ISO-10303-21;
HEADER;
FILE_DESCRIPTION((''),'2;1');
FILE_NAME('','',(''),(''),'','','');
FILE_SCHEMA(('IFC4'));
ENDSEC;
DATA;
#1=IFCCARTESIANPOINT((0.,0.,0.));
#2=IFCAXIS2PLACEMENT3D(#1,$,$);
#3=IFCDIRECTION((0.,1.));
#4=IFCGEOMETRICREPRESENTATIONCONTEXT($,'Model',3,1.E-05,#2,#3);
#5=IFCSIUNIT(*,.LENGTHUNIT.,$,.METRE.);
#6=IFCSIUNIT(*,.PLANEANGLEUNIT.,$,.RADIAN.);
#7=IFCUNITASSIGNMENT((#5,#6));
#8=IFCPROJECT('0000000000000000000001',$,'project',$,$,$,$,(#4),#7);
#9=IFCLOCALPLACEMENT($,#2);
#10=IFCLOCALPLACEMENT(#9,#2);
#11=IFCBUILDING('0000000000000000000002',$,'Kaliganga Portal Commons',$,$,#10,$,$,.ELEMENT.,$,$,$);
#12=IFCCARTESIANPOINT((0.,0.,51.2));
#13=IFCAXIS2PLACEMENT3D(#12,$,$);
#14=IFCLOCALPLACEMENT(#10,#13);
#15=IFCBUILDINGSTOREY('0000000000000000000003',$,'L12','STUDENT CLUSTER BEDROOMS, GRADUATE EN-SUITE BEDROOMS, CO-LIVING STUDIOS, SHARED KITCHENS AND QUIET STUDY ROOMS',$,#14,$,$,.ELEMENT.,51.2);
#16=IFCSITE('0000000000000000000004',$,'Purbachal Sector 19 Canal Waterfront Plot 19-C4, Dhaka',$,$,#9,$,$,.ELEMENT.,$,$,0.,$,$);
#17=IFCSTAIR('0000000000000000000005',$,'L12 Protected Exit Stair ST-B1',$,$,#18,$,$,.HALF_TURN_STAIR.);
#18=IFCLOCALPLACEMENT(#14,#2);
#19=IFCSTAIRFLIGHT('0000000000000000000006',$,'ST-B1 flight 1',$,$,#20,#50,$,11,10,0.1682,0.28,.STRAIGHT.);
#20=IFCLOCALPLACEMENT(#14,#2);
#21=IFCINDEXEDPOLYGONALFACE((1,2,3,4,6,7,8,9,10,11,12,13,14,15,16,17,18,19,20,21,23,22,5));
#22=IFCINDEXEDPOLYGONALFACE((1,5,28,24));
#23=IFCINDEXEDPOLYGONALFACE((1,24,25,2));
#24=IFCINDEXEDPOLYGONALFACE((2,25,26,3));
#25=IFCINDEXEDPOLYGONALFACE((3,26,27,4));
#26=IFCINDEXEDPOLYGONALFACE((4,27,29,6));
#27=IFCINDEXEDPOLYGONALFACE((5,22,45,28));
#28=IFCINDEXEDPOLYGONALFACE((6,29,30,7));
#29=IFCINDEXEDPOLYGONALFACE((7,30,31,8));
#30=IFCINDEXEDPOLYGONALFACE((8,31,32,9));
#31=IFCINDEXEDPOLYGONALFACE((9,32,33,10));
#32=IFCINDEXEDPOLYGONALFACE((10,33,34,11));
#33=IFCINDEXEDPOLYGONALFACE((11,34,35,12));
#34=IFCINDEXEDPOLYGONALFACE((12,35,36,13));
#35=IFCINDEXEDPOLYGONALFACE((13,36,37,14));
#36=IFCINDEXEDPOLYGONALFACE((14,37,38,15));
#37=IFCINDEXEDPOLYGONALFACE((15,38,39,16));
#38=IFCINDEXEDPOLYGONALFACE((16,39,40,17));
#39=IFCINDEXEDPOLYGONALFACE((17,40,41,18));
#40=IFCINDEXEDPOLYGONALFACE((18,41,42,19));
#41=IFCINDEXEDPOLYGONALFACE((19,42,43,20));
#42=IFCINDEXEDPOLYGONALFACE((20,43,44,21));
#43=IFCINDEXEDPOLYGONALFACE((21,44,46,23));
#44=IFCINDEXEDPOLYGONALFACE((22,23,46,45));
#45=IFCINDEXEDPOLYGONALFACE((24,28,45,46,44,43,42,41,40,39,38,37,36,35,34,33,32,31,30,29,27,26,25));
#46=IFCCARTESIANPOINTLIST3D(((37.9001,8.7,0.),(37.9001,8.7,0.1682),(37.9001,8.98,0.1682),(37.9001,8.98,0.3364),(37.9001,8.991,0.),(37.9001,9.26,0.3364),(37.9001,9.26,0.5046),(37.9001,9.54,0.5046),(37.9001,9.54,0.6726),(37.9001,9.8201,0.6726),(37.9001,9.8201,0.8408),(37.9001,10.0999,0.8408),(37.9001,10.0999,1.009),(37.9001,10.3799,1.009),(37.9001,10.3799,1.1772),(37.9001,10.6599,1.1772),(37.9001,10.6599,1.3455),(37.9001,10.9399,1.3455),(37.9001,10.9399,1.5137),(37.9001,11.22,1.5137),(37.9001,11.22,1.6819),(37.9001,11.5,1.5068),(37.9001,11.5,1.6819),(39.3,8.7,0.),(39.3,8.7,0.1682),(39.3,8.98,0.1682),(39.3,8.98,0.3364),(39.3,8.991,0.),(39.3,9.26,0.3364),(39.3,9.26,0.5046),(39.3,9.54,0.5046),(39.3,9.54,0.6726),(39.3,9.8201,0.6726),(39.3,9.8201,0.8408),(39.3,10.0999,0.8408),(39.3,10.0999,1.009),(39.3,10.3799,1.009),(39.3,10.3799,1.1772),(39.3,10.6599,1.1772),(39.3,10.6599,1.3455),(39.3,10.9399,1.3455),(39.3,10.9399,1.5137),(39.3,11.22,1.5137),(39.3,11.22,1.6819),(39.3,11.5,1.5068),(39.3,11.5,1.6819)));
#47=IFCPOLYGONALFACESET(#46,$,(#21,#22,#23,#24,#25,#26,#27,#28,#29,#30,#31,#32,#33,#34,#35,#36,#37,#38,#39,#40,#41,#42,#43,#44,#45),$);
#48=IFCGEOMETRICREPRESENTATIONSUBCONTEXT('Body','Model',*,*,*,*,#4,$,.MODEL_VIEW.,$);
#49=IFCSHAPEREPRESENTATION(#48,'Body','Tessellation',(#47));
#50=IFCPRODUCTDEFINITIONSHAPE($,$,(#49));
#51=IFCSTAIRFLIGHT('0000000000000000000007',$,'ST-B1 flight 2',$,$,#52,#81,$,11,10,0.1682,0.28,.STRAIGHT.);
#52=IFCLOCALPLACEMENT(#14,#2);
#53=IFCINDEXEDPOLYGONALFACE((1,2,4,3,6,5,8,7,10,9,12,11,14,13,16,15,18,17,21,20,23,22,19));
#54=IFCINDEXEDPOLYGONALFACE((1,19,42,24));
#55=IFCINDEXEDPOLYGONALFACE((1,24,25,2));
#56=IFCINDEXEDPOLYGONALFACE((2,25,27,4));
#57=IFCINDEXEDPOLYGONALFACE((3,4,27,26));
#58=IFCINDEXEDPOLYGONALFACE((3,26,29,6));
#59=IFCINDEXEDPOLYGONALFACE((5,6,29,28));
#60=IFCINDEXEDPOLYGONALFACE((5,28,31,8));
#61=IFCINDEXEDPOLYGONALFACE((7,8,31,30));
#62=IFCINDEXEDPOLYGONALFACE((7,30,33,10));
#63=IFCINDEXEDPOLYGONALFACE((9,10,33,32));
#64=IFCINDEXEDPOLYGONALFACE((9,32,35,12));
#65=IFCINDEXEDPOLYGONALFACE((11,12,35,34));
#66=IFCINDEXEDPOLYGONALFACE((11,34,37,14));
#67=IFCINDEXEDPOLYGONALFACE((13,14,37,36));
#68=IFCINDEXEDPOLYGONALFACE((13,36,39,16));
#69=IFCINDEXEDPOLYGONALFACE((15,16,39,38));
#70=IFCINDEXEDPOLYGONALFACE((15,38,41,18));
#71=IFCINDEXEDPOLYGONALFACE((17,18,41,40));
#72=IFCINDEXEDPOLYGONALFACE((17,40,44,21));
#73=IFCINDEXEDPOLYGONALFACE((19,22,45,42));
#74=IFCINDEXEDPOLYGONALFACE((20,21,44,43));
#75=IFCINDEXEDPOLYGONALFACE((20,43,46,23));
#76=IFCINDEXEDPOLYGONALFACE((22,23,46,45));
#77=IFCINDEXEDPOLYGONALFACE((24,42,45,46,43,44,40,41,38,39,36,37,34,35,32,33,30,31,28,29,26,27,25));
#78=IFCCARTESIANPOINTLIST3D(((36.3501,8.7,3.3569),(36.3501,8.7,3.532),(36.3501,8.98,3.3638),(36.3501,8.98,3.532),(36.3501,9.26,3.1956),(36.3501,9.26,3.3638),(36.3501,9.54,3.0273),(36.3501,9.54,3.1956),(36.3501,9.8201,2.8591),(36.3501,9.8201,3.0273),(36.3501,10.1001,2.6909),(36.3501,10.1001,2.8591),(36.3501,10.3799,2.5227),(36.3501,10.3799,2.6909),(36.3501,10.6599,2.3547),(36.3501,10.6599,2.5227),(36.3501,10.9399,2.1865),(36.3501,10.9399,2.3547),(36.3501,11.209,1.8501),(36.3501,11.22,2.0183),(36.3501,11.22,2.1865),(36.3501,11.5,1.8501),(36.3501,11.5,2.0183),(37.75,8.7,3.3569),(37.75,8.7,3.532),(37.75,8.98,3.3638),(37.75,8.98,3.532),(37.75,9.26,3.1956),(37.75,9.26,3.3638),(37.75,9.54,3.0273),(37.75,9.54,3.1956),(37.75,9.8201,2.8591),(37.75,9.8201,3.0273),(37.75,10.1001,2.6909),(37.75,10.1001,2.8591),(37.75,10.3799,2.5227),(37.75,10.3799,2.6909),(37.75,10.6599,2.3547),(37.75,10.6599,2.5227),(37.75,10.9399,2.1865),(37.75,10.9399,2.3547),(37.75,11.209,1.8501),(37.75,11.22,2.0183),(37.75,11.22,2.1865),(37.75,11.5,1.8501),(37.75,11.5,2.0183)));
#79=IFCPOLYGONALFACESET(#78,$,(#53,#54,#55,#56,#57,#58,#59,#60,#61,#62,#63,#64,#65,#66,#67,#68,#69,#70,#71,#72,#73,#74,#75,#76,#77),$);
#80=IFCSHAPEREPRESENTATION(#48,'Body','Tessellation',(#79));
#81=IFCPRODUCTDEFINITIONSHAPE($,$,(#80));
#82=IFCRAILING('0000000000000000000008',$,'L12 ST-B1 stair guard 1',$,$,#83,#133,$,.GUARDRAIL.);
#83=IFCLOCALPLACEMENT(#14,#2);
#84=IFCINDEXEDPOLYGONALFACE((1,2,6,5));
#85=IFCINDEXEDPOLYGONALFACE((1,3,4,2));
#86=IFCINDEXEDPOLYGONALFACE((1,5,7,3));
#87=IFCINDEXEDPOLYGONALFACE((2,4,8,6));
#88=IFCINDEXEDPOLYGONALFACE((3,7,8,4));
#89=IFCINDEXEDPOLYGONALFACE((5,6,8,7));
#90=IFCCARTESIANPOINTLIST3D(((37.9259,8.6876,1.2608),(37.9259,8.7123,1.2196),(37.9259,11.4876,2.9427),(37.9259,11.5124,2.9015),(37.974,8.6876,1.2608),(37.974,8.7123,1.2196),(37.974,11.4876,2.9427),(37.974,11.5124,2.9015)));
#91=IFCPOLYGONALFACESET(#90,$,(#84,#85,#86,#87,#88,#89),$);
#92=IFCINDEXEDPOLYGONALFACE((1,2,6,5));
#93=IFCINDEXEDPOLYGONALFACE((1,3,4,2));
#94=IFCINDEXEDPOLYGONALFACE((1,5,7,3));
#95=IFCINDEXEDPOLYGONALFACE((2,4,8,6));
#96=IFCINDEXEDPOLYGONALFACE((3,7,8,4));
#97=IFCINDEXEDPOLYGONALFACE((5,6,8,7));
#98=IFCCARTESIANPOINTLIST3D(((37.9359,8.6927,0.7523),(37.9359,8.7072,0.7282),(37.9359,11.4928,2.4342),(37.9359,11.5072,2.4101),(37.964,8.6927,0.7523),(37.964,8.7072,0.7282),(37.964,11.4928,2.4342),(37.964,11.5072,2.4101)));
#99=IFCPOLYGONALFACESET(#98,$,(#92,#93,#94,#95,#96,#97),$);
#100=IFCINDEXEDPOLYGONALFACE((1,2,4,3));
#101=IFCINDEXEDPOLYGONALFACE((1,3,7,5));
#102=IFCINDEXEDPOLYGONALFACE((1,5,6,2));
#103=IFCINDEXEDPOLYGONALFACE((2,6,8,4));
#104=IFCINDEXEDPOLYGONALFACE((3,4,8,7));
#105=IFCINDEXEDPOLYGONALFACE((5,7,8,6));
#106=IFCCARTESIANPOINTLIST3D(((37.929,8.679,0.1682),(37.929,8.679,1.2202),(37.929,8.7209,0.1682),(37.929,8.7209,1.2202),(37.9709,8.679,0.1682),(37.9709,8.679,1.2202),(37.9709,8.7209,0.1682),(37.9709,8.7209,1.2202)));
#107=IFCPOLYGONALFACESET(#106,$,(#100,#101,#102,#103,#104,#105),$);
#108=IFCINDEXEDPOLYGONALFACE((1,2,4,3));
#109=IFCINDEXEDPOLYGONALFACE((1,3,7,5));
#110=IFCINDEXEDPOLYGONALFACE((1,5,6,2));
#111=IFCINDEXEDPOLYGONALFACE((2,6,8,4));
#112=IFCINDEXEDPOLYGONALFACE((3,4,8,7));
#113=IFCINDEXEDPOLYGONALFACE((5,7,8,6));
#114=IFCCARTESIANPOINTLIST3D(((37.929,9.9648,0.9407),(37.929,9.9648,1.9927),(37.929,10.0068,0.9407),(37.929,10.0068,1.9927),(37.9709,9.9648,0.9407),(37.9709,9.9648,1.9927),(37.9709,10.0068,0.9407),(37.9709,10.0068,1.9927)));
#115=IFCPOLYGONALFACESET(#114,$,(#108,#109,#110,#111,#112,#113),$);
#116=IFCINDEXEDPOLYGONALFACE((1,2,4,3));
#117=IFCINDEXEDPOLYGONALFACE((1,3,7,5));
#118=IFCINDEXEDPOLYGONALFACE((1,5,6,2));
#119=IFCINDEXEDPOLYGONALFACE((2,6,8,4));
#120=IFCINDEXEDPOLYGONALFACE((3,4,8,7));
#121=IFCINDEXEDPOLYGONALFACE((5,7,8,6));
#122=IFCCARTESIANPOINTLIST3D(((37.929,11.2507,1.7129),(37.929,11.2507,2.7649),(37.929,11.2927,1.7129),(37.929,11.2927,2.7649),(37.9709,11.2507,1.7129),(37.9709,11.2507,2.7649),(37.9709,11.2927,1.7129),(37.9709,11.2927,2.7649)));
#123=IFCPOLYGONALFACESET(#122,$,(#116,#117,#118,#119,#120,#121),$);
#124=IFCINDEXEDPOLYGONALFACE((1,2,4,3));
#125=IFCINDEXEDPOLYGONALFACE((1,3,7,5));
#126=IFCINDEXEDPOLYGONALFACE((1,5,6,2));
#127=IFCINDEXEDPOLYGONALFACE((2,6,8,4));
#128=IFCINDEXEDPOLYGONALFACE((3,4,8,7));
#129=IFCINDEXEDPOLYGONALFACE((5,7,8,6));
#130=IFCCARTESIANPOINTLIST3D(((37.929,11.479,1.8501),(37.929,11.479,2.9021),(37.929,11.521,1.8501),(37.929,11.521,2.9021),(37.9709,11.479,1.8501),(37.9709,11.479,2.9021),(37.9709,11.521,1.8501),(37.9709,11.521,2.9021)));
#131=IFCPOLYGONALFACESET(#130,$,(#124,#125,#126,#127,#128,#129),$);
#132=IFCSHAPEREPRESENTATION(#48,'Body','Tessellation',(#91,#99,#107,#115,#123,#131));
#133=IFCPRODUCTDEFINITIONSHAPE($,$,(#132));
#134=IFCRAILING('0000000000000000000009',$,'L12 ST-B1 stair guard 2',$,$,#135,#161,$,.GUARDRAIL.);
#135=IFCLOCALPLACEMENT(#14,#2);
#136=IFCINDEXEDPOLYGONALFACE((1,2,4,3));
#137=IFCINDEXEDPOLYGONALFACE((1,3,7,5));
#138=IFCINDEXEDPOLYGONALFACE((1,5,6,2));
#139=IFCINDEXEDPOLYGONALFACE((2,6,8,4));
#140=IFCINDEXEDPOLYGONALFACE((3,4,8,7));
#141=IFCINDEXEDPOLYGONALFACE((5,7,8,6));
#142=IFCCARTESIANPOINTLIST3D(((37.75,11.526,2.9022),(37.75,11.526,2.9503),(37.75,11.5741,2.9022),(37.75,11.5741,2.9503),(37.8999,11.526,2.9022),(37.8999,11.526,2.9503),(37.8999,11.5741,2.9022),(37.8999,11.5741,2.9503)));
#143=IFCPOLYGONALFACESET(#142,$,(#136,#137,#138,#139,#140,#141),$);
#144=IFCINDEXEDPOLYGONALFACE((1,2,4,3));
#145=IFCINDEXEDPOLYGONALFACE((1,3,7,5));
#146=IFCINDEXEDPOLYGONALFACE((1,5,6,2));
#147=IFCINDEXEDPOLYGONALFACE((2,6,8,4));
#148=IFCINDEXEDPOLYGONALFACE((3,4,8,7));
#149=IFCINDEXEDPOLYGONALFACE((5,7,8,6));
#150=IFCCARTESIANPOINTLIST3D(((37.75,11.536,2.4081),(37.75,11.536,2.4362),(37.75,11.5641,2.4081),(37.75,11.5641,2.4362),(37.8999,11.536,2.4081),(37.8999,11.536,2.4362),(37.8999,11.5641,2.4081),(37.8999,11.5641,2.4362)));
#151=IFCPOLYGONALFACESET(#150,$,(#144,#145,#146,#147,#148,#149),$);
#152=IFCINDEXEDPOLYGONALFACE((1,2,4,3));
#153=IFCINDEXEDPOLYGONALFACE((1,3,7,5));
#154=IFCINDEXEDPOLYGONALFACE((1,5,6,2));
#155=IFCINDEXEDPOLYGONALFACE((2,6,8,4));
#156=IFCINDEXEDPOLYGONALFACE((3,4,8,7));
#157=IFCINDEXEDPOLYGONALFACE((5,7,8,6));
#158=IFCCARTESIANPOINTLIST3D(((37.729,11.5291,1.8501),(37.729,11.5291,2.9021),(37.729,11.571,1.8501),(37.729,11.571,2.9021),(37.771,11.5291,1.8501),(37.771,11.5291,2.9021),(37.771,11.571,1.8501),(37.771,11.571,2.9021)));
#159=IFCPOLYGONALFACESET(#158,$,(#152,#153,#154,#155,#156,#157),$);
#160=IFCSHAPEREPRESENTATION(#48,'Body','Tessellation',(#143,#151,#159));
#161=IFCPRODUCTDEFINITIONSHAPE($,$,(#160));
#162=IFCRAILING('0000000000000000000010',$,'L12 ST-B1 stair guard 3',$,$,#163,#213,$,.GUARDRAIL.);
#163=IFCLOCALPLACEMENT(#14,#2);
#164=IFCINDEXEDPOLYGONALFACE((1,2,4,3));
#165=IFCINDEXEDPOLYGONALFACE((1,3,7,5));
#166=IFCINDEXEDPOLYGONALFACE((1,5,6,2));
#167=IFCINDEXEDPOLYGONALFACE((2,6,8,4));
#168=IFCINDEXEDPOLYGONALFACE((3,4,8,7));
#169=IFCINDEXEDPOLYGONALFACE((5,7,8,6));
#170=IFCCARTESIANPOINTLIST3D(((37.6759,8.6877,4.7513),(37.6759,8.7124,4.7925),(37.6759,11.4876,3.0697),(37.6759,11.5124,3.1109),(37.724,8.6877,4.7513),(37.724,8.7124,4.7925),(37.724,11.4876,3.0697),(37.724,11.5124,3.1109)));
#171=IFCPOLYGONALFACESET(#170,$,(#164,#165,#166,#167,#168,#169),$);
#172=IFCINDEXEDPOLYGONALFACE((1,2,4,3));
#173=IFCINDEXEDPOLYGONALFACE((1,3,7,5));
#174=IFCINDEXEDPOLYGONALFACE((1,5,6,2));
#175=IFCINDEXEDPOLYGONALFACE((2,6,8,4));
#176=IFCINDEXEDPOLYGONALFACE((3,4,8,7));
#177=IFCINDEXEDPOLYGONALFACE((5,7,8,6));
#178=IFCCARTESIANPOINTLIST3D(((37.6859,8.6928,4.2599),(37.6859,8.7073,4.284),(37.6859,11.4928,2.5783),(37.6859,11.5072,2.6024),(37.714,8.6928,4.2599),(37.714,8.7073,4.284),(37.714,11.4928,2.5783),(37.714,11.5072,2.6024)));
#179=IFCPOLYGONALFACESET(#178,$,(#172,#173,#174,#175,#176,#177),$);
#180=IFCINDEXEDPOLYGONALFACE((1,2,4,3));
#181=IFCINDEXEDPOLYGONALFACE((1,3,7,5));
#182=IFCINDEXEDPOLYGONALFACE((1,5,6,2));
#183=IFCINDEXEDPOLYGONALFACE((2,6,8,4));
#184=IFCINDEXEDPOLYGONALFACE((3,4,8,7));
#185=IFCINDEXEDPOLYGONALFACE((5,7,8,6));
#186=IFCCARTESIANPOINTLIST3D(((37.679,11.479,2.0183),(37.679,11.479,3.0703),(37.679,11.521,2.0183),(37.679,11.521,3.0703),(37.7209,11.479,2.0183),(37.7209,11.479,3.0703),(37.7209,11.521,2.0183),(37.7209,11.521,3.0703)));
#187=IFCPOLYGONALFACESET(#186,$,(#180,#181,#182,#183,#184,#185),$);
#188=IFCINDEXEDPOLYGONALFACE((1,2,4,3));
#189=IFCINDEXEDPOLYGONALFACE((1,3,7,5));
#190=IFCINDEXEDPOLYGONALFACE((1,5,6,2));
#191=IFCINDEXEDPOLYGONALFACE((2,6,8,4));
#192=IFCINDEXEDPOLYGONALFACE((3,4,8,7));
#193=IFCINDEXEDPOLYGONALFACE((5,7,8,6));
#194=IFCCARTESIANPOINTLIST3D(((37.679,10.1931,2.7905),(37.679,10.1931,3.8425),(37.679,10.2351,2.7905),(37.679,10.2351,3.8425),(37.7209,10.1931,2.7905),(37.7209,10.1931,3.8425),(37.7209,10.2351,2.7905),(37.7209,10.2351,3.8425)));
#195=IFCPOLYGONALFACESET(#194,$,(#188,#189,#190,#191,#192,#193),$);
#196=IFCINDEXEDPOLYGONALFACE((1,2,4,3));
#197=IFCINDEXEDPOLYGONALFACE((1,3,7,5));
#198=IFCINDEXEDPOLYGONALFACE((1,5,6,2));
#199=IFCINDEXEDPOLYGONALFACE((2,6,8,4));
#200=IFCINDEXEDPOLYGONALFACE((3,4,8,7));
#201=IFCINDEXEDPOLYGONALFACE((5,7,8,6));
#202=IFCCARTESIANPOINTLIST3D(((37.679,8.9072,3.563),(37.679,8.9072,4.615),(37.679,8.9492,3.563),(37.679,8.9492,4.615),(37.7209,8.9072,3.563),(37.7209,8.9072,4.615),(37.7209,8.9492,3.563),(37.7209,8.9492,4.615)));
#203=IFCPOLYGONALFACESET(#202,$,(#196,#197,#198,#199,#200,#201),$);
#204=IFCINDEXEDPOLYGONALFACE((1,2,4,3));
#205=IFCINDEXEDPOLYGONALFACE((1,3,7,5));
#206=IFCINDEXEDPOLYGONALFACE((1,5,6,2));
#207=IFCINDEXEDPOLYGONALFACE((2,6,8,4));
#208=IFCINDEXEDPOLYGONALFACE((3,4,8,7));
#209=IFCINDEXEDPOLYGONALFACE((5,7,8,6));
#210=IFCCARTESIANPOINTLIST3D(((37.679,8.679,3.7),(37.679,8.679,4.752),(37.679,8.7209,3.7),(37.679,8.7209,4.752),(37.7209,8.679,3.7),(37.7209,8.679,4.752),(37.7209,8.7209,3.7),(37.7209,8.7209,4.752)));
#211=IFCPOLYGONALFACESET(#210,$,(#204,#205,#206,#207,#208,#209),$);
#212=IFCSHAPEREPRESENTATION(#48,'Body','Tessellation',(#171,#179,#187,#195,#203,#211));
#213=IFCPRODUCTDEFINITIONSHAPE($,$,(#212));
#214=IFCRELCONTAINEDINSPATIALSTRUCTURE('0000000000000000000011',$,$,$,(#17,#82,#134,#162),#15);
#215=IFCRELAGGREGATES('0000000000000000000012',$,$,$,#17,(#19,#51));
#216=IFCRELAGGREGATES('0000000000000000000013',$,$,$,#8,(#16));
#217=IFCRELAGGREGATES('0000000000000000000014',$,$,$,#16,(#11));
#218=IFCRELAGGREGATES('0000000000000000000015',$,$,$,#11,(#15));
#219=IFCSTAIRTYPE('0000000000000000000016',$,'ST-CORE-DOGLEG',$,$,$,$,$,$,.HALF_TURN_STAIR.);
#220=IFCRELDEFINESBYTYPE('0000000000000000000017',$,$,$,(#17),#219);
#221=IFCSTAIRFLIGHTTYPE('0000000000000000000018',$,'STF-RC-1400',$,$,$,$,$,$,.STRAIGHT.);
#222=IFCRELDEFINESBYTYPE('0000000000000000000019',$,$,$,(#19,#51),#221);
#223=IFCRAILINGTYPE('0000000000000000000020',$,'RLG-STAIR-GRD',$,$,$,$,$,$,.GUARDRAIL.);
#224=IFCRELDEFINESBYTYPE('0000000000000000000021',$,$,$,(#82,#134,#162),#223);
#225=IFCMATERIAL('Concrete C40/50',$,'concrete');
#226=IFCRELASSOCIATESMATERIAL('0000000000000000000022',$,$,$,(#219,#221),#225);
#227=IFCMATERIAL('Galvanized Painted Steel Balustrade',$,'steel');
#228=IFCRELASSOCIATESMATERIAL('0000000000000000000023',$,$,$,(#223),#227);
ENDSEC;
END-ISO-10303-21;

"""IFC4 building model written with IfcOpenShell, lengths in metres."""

from ifc_helpers import new_model, si_unit, direction, frame, origin, origin_2d, place, context, subcontext, project, spatial, polyline, rectangle, outline, extrude, material, type_object, element, aggregate, save


model = new_model("IFC4")

# Units and contexts
model_context = context("Model", 3, precision=1e-05, world=origin(), true_north=direction((0.0, 1.0)))
body_context = subcontext(model_context, "Body", "Model", "MODEL_VIEW")
ifc_project = project(units=[si_unit("LENGTHUNIT", "METRE"), si_unit("PLANEANGLEUNIT", "RADIAN")], contexts=[model_context])

# Site, building, storey
site_placement = place(None, origin())
site = spatial("IfcSite", under=ifc_project, at=site_placement, Name="Purbachal Sector 19 Canal Waterfront Plot 19-C4, Dhaka", CompositionType="ELEMENT", RefElevation=0.0)
building_placement = place(site_placement, origin())
building = spatial("IfcBuilding", under=site, at=building_placement, Name="Kaliganga Portal Commons", CompositionType="ELEMENT")
storey_placement = place(building_placement, frame((0.0, 0.0, 51.2)))
storey = spatial("IfcBuildingStorey", under=building, at=storey_placement, Name="L12", Description="STUDENT CLUSTER BEDROOMS, GRADUATE EN-SUITE BEDROOMS, CO-LIVING STUDIOS, SHARED KITCHENS AND QUIET STUDY ROOMS", CompositionType="ELEMENT", Elevation=51.2)

# Stair, stair flights
ifc_material_1 = material(Name="Concrete C40/50", Category="concrete")
stair_type = type_object("IfcStairType", Name="ST-CORE-DOGLEG", PredefinedType="HALF_TURN_STAIR", material=ifc_material_1)
stair_placement = place(storey_placement, origin())
stair = element("IfcStair", 1, at=stair_placement, inside=storey, type_object=stair_type, Name="L12 Protected Exit Stair ST-B1", PredefinedType="HALF_TURN_STAIR")
stair_flight_type = type_object("IfcStairFlightType", Name="STF-RC-1400", PredefinedType="STRAIGHT", material=ifc_material_1)
stair_flight_1_placement = place(storey_placement, frame((38.6001, 8.7, 0.0), z_axis=(0.0, 0.0, 1.0), x_axis=(0.0, 1.0, 0.0)))
stair_flight_1 = element("IfcStairFlight", 2, at=stair_flight_1_placement, type_object=stair_flight_type, Name="ST-B1 flight 1", NumberOfRisers=11, NumberOfTreads=10, PredefinedType="STRAIGHT", RiserHeight=0.1682, TreadLength=0.28, context=body_context, shape_type="SweptSolid", body=[
    extrude(outline(polyline([(0.0, 0.0), (0.0, 0.1682), (0.28, 0.1682), (0.28, 0.3364), (0.5601, 0.3364), (0.5601, 0.5046), (0.8401, 0.5046), (0.8401, 0.6726), (1.1201, 0.6726), (1.1201, 0.8408), (1.3999, 0.8408), (1.3999, 1.009), (1.6799, 1.009), (1.6799, 1.1772), (1.96, 1.1772), (1.96, 1.3455), (2.24, 1.3455), (2.24, 1.5137), (2.52, 1.5137), (2.52, 1.6819), (2.8, 1.6819), (2.8, 1.8501), (2.8, 1.5068), (0.291, 0.0), (0.0, 0.0)])), frame((0.0, 0.7, 0.0), z_axis=(0.0, -1.0, 0.0), x_axis=(1.0, 0.0, 0.0)), (0.0, 0.0, 1.0), 1.3999),
])
stair_flight_2_placement = place(storey_placement, frame((37.05, 11.5, 1.8501), z_axis=(0.0, 0.0, 1.0), x_axis=(0.0, -1.0, 0.0)))
stair_flight_2 = element("IfcStairFlight", 3, at=stair_flight_2_placement, type_object=stair_flight_type, Name="ST-B1 flight 2", NumberOfRisers=11, NumberOfTreads=10, PredefinedType="STRAIGHT", RiserHeight=0.1682, TreadLength=0.28, context=body_context, shape_type="SweptSolid", body=[
    extrude(outline(polyline([(0.0, 0.0), (0.0, 0.1682), (0.28, 0.1682), (0.28, 0.3364), (0.5601, 0.3364), (0.5601, 0.5046), (0.8401, 0.5046), (0.8401, 0.6726), (1.1201, 0.6726), (1.1201, 0.8408), (1.3999, 0.8408), (1.3999, 1.009), (1.6799, 1.009), (1.6799, 1.1772), (1.96, 1.1772), (1.96, 1.3455), (2.24, 1.3455), (2.24, 1.5137), (2.52, 1.5137), (2.52, 1.6819), (2.8, 1.6819), (2.8, 1.8501), (2.8, 1.5068), (0.291, 0.0), (0.0, 0.0)])), frame((0.0, 0.7, 0.0), z_axis=(0.0, -1.0, 0.0), x_axis=(1.0, 0.0, 0.0)), (0.0, 0.0, 1.0), 1.3999),
])
aggregate(stair, [stair_flight_1, stair_flight_2])

# Railings
ifc_material_2 = material(Name="Galvanized Painted Steel Balustrade", Category="steel")
railing_type_1 = type_object("IfcRailingType", Name="RLG-STAIR-GRD", PredefinedType="GUARDRAIL", material=ifc_material_2)
railing_1_placement = place(storey_placement, frame((37.95, 8.7, 0.1682)))
element("IfcRailing", 4, at=railing_1_placement, inside=storey, type_object=railing_type_1, Name="L12 ST-B1 stair guard 1", PredefinedType="GUARDRAIL", context=body_context, shape_type="SweptSolid", body=[
    extrude(rectangle(XDim=0.0481, YDim=0.0481, at=origin_2d()), frame((0.0, 0.0, 1.072), z_axis=(0.0, 0.857242, 0.514913), x_axis=(-1.0, 0.0, 0.0)), (0.0, 0.0, 1.0), 3.2664),
    extrude(rectangle(XDim=0.0281, YDim=0.0281, at=origin_2d()), frame((0.0, 0.0, 0.572), z_axis=(0.0, 0.857242, 0.514913), x_axis=(-1.0, 0.0, 0.0)), (0.0, 0.0, 1.0), 3.2664),
    extrude(rectangle(XDim=0.042, YDim=0.042, at=origin_2d()), origin(), (0.0, 0.0, 1.0), 1.052),
    extrude(rectangle(XDim=0.042, YDim=0.042, at=origin_2d()), frame((0.0, 1.2859, 0.7725)), (0.0, 0.0, 1.0), 1.052),
    extrude(rectangle(XDim=0.042, YDim=0.042, at=origin_2d()), frame((0.0, 2.5718, 1.5447)), (0.0, 0.0, 1.0), 1.052),
    extrude(rectangle(XDim=0.042, YDim=0.042, at=origin_2d()), frame((0.0, 2.8, 1.6819)), (0.0, 0.0, 1.0), 1.052),
])
railing_2_placement = place(storey_placement, frame((37.8999, 11.55, 1.8501)))
element("IfcRailing", 5, at=railing_2_placement, inside=storey, type_object=railing_type_1, Name="L12 ST-B1 stair guard 2", PredefinedType="GUARDRAIL", context=body_context, shape_type="SweptSolid", body=[
    extrude(rectangle(XDim=0.0481, YDim=0.0481, at=origin_2d()), frame((0.0, 0.0, 1.0762), z_axis=(-1.0, 0.0, 0.0), x_axis=(0.0, -1.0, 0.0)), (0.0, 0.0, 1.0), 0.1499),
    extrude(rectangle(XDim=0.0281, YDim=0.0281, at=origin_2d()), frame((0.0, 0.0, 0.572), z_axis=(-1.0, 0.0, 0.0), x_axis=(0.0, -1.0, 0.0)), (0.0, 0.0, 1.0), 0.1499),
    extrude(rectangle(XDim=0.042, YDim=0.042, at=origin_2d()), frame((-0.1499, 0.0, 0.0)), (0.0, 0.0, 1.0), 1.052),
])
railing_3_placement = place(storey_placement, frame((37.7, 11.5, 2.0183)))
element("IfcRailing", 6, at=railing_3_placement, inside=storey, type_object=railing_type_1, Name="L12 ST-B1 stair guard 3", PredefinedType="GUARDRAIL", context=body_context, shape_type="SweptSolid", body=[
    extrude(rectangle(XDim=0.0481, YDim=0.0481, at=origin_2d()), frame((0.0, 0.0, 1.072), z_axis=(0.0, -0.857275, 0.514858), x_axis=(1.0, 0.0, 0.0)), (0.0, 0.0, 1.0), 3.2661),
    extrude(rectangle(XDim=0.0281, YDim=0.0281, at=origin_2d()), frame((0.0, 0.0, 0.572), z_axis=(0.0, -0.857275, 0.514858), x_axis=(1.0, 0.0, 0.0)), (0.0, 0.0, 1.0), 3.2661),
    extrude(rectangle(XDim=0.042, YDim=0.042, at=origin_2d()), origin(), (0.0, 0.0, 1.0), 1.052),
    extrude(rectangle(XDim=0.042, YDim=0.042, at=origin_2d()), frame((0.0, -1.2859, 0.7722)), (0.0, 0.0, 1.0), 1.052),
    extrude(rectangle(XDim=0.042, YDim=0.042, at=origin_2d()), frame((0.0, -2.5718, 1.5447)), (0.0, 0.0, 1.0), 1.052),
    extrude(rectangle(XDim=0.042, YDim=0.042, at=origin_2d()), frame((0.0, -2.8, 1.6816)), (0.0, 0.0, 1.0), 1.052),
])

save(model, "model.ifc")
